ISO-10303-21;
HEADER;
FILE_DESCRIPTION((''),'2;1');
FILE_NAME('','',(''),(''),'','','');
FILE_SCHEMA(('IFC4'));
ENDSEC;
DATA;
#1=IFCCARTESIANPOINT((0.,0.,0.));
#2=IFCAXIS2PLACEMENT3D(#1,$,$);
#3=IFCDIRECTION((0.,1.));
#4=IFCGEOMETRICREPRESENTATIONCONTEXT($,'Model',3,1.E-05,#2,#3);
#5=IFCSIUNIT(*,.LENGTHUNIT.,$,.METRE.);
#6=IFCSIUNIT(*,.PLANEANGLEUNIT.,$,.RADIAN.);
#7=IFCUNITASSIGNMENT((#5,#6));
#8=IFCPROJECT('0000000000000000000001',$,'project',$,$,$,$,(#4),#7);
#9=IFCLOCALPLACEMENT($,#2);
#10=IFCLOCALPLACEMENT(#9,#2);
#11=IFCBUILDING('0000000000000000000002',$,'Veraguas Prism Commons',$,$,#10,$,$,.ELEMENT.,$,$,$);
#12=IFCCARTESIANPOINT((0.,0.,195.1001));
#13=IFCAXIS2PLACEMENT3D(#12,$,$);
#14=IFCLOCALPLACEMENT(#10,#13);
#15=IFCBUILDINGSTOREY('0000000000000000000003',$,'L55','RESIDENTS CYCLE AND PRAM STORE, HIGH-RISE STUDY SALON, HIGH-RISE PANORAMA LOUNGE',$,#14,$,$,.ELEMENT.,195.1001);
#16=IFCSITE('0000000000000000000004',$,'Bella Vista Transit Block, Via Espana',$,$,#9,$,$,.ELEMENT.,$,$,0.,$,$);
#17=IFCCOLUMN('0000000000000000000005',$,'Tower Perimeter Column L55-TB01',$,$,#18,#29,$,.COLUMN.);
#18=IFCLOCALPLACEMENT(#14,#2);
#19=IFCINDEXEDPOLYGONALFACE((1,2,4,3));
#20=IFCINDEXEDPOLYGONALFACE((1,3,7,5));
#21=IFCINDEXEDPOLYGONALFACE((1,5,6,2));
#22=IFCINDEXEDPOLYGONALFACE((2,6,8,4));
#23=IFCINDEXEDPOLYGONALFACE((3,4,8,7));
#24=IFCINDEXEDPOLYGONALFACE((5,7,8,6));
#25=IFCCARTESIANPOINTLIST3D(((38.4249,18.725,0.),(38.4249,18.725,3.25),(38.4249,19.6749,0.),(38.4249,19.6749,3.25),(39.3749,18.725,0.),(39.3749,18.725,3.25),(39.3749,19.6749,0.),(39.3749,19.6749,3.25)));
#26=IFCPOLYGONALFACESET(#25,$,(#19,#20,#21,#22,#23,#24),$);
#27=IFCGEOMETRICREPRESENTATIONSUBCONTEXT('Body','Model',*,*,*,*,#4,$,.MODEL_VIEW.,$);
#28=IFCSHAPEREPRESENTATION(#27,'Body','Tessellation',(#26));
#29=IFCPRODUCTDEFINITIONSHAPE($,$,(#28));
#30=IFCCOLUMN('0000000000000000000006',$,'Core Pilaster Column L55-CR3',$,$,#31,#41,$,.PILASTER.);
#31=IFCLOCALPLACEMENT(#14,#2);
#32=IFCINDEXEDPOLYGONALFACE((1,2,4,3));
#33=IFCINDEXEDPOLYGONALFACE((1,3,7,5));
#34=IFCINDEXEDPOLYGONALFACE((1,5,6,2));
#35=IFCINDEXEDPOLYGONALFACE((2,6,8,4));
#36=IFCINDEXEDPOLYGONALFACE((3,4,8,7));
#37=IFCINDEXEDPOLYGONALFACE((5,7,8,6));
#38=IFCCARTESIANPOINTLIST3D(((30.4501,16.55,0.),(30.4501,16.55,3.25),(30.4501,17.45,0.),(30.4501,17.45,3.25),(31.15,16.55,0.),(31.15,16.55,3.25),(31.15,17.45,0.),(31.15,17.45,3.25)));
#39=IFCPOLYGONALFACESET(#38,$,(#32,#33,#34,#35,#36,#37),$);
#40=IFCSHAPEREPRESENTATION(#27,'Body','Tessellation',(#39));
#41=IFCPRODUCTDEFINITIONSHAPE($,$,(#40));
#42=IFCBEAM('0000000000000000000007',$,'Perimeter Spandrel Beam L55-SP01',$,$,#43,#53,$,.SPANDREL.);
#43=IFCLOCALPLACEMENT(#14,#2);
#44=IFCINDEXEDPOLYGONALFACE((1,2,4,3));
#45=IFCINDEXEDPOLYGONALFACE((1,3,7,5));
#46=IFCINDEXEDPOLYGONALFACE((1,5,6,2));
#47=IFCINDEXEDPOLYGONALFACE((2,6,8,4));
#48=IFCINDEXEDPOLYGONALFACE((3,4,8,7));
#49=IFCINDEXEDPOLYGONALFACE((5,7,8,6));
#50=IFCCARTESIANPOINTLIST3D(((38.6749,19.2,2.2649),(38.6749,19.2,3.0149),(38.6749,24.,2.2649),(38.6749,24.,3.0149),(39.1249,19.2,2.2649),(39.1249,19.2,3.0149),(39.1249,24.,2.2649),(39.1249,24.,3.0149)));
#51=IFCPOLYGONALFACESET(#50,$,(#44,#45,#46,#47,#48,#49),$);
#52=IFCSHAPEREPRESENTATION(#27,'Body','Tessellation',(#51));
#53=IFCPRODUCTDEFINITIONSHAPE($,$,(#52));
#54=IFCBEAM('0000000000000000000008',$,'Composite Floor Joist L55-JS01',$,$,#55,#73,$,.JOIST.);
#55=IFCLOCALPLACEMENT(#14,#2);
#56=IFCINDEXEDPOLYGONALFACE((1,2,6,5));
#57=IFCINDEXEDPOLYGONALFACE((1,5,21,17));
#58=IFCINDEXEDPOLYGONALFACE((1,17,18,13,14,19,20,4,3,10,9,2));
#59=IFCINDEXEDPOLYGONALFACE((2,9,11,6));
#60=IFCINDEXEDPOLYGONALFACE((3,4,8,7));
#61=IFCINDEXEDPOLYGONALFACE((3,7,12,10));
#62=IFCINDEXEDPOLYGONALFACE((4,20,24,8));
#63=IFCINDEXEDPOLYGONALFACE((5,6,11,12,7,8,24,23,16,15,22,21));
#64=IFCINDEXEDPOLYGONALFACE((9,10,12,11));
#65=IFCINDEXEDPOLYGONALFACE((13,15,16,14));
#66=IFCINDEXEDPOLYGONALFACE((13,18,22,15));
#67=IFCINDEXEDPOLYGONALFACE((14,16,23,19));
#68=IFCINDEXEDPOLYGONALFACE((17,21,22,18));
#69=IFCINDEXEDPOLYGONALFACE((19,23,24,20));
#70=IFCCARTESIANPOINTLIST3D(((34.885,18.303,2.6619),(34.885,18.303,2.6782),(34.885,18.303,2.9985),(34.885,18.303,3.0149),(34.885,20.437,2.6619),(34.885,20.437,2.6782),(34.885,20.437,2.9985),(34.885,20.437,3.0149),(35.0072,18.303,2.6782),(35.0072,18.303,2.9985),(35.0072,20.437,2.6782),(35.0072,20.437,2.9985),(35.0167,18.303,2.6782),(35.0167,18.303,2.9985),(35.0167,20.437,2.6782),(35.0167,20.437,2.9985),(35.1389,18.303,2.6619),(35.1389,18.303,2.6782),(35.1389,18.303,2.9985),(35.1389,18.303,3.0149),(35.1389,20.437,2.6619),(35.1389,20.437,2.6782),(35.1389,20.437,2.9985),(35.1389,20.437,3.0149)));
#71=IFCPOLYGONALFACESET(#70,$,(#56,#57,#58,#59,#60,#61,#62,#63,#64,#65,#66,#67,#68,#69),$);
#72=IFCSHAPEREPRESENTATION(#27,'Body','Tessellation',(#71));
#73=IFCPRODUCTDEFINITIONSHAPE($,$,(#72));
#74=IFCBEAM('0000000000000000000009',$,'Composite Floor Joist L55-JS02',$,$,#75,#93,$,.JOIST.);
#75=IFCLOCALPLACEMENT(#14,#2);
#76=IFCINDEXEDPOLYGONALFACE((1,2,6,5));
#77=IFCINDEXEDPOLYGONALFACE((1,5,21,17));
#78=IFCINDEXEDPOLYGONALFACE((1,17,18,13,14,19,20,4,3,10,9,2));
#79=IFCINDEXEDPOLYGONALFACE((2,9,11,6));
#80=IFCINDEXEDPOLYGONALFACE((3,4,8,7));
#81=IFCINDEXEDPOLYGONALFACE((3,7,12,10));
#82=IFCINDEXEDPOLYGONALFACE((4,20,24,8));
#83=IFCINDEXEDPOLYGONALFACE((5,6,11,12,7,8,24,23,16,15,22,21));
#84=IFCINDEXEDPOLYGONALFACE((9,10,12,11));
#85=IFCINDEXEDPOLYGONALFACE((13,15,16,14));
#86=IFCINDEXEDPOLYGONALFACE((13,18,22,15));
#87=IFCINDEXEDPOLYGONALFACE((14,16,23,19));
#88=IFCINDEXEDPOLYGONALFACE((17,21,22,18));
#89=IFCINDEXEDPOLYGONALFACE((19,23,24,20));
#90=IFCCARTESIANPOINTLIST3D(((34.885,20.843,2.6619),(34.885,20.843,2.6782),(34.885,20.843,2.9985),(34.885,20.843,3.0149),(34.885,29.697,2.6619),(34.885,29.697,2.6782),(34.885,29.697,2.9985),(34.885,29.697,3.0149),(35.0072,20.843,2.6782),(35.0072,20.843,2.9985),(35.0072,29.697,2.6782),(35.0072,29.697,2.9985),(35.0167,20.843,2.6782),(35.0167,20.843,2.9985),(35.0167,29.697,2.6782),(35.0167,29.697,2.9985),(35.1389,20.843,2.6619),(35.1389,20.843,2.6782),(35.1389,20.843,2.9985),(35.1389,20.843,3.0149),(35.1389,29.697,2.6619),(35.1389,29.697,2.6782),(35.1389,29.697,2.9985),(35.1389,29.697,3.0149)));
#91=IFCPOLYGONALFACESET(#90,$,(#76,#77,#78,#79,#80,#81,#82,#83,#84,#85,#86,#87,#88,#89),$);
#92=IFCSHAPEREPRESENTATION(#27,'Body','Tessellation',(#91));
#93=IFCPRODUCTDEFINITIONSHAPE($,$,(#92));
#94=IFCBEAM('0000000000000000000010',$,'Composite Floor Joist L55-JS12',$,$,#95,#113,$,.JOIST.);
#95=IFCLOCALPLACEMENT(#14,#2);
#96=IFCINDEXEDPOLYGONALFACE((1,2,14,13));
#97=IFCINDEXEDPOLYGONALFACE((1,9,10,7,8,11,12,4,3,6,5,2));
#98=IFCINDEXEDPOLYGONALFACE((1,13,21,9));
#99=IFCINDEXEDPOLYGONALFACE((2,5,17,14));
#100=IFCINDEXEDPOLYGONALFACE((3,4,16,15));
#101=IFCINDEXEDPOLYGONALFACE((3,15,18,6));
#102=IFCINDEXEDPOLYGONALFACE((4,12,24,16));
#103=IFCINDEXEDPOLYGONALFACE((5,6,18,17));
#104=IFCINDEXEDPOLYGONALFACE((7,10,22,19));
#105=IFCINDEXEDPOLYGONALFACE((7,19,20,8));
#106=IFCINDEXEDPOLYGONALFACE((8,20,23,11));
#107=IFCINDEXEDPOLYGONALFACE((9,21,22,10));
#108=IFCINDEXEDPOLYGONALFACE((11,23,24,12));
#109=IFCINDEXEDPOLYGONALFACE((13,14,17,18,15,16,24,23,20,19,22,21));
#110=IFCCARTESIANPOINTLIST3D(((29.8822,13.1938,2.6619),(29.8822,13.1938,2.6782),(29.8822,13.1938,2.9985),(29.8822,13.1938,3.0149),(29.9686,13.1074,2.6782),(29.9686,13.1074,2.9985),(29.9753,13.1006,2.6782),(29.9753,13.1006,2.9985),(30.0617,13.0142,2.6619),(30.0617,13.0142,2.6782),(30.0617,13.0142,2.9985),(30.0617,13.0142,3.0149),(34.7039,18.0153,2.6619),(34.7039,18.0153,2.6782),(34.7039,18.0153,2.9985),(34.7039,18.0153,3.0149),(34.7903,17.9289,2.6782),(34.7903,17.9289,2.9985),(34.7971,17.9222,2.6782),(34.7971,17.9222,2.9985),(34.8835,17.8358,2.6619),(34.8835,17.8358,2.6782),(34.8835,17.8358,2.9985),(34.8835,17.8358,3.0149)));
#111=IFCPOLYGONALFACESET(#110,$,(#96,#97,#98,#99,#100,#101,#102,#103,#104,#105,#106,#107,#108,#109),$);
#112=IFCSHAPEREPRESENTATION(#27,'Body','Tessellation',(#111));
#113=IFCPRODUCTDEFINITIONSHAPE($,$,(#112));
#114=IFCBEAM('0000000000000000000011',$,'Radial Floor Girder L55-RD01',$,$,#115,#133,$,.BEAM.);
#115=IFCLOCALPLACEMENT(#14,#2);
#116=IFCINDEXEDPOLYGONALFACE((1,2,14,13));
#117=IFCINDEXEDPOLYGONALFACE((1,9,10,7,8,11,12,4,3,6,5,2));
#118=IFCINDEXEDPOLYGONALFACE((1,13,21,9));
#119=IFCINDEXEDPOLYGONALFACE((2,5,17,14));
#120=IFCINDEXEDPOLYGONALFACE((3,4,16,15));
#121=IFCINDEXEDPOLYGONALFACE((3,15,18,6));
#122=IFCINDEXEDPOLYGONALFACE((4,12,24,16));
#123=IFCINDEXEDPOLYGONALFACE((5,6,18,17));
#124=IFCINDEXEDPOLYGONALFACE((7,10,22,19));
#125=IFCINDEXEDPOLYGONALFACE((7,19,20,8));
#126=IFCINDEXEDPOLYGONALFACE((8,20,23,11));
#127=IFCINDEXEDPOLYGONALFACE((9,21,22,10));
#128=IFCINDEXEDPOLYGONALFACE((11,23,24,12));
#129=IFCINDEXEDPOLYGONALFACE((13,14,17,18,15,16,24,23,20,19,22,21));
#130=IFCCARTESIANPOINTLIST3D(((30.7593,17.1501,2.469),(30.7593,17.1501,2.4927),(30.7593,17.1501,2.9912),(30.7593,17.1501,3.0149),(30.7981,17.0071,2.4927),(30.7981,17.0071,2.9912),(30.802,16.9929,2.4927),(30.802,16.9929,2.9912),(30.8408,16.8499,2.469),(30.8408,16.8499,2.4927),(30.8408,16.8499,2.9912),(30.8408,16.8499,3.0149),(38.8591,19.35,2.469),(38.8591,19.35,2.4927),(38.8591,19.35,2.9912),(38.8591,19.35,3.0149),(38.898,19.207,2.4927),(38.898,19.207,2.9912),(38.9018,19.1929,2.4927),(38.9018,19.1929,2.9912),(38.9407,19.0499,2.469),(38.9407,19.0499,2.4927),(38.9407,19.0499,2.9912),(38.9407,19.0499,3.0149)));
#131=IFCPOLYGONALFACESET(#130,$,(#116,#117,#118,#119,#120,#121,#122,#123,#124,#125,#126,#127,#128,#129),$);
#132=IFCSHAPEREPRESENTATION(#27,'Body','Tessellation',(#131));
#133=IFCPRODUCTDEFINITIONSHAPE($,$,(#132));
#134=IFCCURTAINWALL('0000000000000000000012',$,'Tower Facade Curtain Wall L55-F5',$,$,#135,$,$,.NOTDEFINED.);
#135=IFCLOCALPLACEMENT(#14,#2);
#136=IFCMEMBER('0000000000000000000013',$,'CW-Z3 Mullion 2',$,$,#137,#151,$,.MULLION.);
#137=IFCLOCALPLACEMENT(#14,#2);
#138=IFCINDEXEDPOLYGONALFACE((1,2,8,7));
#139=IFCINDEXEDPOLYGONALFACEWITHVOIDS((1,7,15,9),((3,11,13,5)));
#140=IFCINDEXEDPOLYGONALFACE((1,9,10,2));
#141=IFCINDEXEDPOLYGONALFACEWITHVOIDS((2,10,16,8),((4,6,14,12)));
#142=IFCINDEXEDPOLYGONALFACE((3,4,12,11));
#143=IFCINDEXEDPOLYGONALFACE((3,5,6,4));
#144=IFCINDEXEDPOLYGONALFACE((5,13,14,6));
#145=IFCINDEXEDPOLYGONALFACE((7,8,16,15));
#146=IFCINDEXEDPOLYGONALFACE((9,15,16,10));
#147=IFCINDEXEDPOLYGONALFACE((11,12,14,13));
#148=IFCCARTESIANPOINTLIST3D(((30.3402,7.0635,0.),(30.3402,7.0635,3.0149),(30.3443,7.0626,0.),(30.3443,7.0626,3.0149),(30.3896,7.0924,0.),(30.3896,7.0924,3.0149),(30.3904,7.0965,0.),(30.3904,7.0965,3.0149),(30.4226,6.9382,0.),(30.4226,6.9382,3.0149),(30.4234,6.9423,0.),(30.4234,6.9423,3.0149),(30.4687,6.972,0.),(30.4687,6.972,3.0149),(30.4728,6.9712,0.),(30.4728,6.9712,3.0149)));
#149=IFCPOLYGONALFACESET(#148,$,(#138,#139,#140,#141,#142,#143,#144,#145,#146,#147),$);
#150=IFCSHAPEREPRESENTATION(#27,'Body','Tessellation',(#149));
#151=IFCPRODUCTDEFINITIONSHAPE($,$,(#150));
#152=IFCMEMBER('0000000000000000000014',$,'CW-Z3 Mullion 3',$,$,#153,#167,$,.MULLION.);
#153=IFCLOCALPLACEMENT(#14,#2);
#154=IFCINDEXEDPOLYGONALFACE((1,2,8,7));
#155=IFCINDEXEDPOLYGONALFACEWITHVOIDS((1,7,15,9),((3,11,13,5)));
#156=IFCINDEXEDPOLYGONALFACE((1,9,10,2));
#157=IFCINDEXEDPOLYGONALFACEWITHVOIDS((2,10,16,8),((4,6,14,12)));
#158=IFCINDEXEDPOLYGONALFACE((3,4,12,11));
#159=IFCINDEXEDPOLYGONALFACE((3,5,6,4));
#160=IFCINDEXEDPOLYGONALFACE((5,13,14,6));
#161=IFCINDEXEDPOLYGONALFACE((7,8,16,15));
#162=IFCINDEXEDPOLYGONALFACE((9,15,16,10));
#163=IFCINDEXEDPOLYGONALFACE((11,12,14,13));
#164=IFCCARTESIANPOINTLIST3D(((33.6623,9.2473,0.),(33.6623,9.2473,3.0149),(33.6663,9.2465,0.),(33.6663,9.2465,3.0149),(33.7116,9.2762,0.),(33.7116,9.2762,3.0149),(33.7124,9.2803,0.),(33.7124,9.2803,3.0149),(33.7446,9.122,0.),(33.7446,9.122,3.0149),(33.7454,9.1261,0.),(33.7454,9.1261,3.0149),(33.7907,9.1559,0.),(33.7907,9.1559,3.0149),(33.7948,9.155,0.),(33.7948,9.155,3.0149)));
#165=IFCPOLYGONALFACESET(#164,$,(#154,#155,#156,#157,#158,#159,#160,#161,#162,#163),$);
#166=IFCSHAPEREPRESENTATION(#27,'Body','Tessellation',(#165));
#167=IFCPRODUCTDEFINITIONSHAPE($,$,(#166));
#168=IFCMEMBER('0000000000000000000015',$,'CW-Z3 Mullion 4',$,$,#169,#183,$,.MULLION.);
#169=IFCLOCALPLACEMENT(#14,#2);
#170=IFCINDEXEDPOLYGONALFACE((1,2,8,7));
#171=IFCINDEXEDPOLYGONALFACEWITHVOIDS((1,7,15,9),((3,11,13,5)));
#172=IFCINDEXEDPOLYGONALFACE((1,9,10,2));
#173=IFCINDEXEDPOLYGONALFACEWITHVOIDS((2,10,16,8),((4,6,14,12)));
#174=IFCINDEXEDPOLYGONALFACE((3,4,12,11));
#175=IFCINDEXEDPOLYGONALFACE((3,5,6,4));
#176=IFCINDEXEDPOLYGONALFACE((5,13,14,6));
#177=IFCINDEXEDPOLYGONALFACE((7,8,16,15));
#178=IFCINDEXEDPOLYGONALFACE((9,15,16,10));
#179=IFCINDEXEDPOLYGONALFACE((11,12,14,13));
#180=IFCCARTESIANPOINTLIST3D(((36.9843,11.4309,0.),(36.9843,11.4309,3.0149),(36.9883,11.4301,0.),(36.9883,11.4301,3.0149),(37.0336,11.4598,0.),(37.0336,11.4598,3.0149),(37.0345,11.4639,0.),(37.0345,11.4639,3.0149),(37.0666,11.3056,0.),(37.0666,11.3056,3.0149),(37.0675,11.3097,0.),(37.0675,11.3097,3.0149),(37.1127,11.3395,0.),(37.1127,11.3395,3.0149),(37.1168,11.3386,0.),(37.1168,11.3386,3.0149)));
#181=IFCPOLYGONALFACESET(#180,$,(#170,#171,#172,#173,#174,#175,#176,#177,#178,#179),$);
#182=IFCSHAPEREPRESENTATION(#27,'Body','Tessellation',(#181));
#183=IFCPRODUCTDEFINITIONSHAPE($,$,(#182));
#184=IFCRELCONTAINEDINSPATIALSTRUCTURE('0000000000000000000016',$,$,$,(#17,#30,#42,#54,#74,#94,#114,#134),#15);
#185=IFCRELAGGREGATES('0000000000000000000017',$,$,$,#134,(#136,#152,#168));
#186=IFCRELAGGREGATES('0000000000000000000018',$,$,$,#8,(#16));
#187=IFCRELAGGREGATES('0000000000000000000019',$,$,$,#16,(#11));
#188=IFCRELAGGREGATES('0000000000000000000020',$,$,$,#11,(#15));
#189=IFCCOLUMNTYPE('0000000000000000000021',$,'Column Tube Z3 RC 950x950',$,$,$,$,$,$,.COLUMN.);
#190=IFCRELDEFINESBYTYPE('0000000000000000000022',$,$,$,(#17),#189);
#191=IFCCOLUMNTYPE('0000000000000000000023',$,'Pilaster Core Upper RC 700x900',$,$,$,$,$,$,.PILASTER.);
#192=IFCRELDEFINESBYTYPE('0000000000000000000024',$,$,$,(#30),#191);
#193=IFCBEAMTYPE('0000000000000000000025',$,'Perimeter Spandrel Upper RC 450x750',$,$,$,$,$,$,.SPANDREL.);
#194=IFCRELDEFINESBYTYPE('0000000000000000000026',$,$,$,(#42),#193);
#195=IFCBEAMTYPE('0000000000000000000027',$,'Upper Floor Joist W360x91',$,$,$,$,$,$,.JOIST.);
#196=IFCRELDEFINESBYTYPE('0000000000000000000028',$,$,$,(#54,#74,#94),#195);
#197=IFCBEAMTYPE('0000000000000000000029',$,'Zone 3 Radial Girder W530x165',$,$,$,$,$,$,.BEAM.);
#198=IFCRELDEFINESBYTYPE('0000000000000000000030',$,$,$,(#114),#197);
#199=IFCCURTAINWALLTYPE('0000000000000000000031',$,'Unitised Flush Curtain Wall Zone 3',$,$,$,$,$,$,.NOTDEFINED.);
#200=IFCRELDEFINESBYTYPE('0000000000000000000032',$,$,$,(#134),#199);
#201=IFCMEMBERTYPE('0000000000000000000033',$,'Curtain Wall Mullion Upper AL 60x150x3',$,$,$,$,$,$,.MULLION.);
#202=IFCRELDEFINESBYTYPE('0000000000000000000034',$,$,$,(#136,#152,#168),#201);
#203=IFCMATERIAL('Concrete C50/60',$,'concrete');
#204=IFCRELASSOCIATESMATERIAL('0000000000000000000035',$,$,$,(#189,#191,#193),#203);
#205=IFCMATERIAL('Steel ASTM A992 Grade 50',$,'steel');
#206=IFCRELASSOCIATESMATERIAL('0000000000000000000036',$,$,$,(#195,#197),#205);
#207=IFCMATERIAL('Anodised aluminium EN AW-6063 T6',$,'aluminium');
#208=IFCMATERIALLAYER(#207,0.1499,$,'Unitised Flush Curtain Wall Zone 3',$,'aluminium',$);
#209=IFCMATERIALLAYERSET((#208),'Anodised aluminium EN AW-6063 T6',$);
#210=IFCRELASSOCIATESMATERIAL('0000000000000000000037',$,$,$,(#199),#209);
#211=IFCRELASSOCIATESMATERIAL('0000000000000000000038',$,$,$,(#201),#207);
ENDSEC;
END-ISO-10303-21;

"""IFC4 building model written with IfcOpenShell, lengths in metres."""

from ifc_helpers import new_model, si_unit, direction, frame, origin, origin_2d, place, context, subcontext, project, spatial, rectangle, hollow_rectangle, i_section, extrude, source, transform, mapped, material, layer, layer_set, material_profile, profile_set, type_object, element, aggregate, save


model = new_model("IFC4")

# Units and contexts
model_context = context("Model", 3, precision=1e-05, world=origin(), true_north=direction((0.0, 1.0)))
body_context = subcontext(model_context, "Body", "Model", "MODEL_VIEW")
ifc_project = project(units=[si_unit("LENGTHUNIT", "METRE"), si_unit("PLANEANGLEUNIT", "RADIAN")], contexts=[model_context])

# Site, building, storey
site_placement = place(None, origin())
site = spatial("IfcSite", under=ifc_project, at=site_placement, Name="Bella Vista Transit Block, Via Espana", CompositionType="ELEMENT", RefElevation=0.0)
building_placement = place(site_placement, origin())
building = spatial("IfcBuilding", under=site, at=building_placement, Name="Veraguas Prism Commons", CompositionType="ELEMENT")
storey_placement = place(building_placement, frame((0.0, 0.0, 195.1001)))
storey = spatial("IfcBuildingStorey", under=building, at=storey_placement, Name="L55", Description="RESIDENTS CYCLE AND PRAM STORE, HIGH-RISE STUDY SALON, HIGH-RISE PANORAMA LOUNGE", CompositionType="ELEMENT", Elevation=195.1001)

# Columns
ifc_material_1 = material(Name="Concrete C50/60", Category="concrete")
ifc_material_profile_1 = material_profile(ifc_material_1, rectangle(XDim=0.95, YDim=0.95, at=origin_2d()), Name="RC950X950")
ifc_profile_set_1 = profile_set([ifc_material_profile_1], Name="Concrete C50/60")
column_type_1 = type_object("IfcColumnType", Name="Column Tube Z3 RC 950x950", PredefinedType="COLUMN", material=ifc_profile_set_1)
column_1_placement = place(storey_placement, frame((38.8999, 19.2, 0.0), z_axis=(0.0, 0.0, 1.0), x_axis=(1.0, 0.0, 0.0)))
element("IfcColumn", 1, at=column_1_placement, inside=storey, type_object=column_type_1, Name="Tower Perimeter Column L55-TB01", PredefinedType="COLUMN", context=body_context, shape_type="SweptSolid", body=[
    extrude(rectangle(XDim=0.95, YDim=0.95, at=origin_2d()), origin(), (0.0, 0.0, 1.0), 3.25),
])
ifc_material_profile_2 = material_profile(ifc_material_1, rectangle(XDim=0.7, YDim=0.8999, at=origin_2d()), Name="RC700X900")
ifc_profile_set_2 = profile_set([ifc_material_profile_2], Name="Concrete C50/60")
column_type_2 = type_object("IfcColumnType", Name="Pilaster Core Upper RC 700x900", PredefinedType="PILASTER", material=ifc_profile_set_2)
column_2_placement = place(storey_placement, frame((30.8, 17.0, 0.0), z_axis=(0.0, 0.0, 1.0), x_axis=(1.0, 0.0, 0.0)))
element("IfcColumn", 2, at=column_2_placement, inside=storey, type_object=column_type_2, Name="Core Pilaster Column L55-CR3", PredefinedType="PILASTER", context=body_context, shape_type="SweptSolid", body=[
    extrude(rectangle(XDim=0.7, YDim=0.8999, at=origin_2d()), origin(), (0.0, 0.0, 1.0), 3.25),
])

# Beams
ifc_material_profile_3 = material_profile(ifc_material_1, rectangle(XDim=0.45, YDim=0.75, at=origin_2d()), Name="RC450X750")
ifc_profile_set_3 = profile_set([ifc_material_profile_3], Name="Concrete C50/60")
beam_type_1 = type_object("IfcBeamType", Name="Perimeter Spandrel Upper RC 450x750", PredefinedType="SPANDREL", material=ifc_profile_set_3)
beam_1_placement = place(storey_placement, frame((38.8999, 19.2, 2.6399), z_axis=(0.0, 1.0, 0.0), x_axis=(-1.0, 0.0, 0.0)))
element("IfcBeam", 3, at=beam_1_placement, inside=storey, type_object=beam_type_1, Name="Perimeter Spandrel Beam L55-SP01", PredefinedType="SPANDREL", context=body_context, shape_type="SweptSolid", body=[
    extrude(rectangle(XDim=0.45, YDim=0.75, at=origin_2d()), origin(), (0.0, 0.0, 1.0), 4.8),
])
ifc_material_2 = material(Name="Steel ASTM A992 Grade 50", Category="steel")
ifc_material_profile_4 = material_profile(ifc_material_2, i_section(OverallWidth=0.2539, OverallDepth=0.353, WebThickness=0.0095, FlangeThickness=0.0164, at=origin_2d()), Name="W360X91")
ifc_profile_set_4 = profile_set([ifc_material_profile_4], Name="Steel ASTM A992 Grade 50")
beam_type_2 = type_object("IfcBeamType", Name="Upper Floor Joist W360x91", PredefinedType="JOIST", material=ifc_profile_set_4)
beam_2_placement = place(storey_placement, frame((35.012, 18.303, 2.8384), z_axis=(0.0, 1.0, 0.0), x_axis=(-1.0, 0.0, 0.0)))
element("IfcBeam", 4, at=beam_2_placement, inside=storey, type_object=beam_type_2, Name="Composite Floor Joist L55-JS01", PredefinedType="JOIST", context=body_context, shape_type="SweptSolid", body=[
    extrude(i_section(OverallWidth=0.2539, OverallDepth=0.353, WebThickness=0.0095, FlangeThickness=0.0164, at=origin_2d()), origin(), (0.0, 0.0, 1.0), 2.134),
])
beam_3_placement = place(storey_placement, frame((35.012, 20.843, 2.8384), z_axis=(0.0, 1.0, 0.0), x_axis=(-1.0, 0.0, 0.0)))
element("IfcBeam", 5, at=beam_3_placement, inside=storey, type_object=beam_type_2, Name="Composite Floor Joist L55-JS02", PredefinedType="JOIST", context=body_context, shape_type="SweptSolid", body=[
    extrude(i_section(OverallWidth=0.2539, OverallDepth=0.353, WebThickness=0.0095, FlangeThickness=0.0164, at=origin_2d()), origin(), (0.0, 0.0, 1.0), 8.854),
])
beam_4_placement = place(storey_placement, frame((29.9719, 13.104, 2.8384), z_axis=(0.707125, 0.707089, 0.0), x_axis=(-0.707089, 0.707125, 0.0)))
element("IfcBeam", 6, at=beam_4_placement, inside=storey, type_object=beam_type_2, Name="Composite Floor Joist L55-JS12", PredefinedType="JOIST", context=body_context, shape_type="SweptSolid", body=[
    extrude(i_section(OverallWidth=0.2539, OverallDepth=0.353, WebThickness=0.0095, FlangeThickness=0.0164, at=origin_2d()), origin(), (0.0, 0.0, 1.0), 6.8188),
])
ifc_material_profile_5 = material_profile(ifc_material_2, i_section(OverallWidth=0.311, OverallDepth=0.5459, WebThickness=0.0146, FlangeThickness=0.0237, at=origin_2d()), Name="W530X165")
ifc_profile_set_5 = profile_set([ifc_material_profile_5], Name="Steel ASTM A992 Grade 50")
beam_type_3 = type_object("IfcBeamType", Name="Zone 3 Radial Girder W530x165", PredefinedType="BEAM", material=ifc_profile_set_5)
beam_5_placement = place(storey_placement, frame((38.8999, 19.2, 2.7419), z_axis=(-0.965039, -0.262108, 0.0), x_axis=(0.262108, -0.965039, 0.0)))
element("IfcBeam", 7, at=beam_5_placement, inside=storey, type_object=beam_type_3, Name="Radial Floor Girder L55-RD01", PredefinedType="BEAM", context=body_context, shape_type="SweptSolid", body=[
    extrude(i_section(OverallWidth=0.311, OverallDepth=0.5459, WebThickness=0.0146, FlangeThickness=0.0237, at=origin_2d()), origin(), (0.0, 0.0, 1.0), 8.3933),
])

# Curtain wall, members
ifc_material_3 = material(Name="Anodised aluminium EN AW-6063 T6", Category="aluminium")
ifc_layer_1 = layer(ifc_material_3, 0.1499, Name="Unitised Flush Curtain Wall Zone 3", Category="aluminium")
ifc_layer_set_1 = layer_set([ifc_layer_1], Name="Anodised aluminium EN AW-6063 T6")
curtain_wall_type = type_object("IfcCurtainWallType", Name="Unitised Flush Curtain Wall Zone 3", PredefinedType="NOTDEFINED", material=ifc_layer_set_1)
curtain_wall_1_placement = place(storey_placement, origin())
curtain_wall_1 = element("IfcCurtainWall", 8, at=curtain_wall_1_placement, inside=storey, type_object=curtain_wall_type, Name="Tower Facade Curtain Wall L55-F5", PredefinedType="NOTDEFINED")
ifc_material_profile_6 = material_profile(ifc_material_3, hollow_rectangle(XDim=0.0601, YDim=0.1499, WallThickness=0.0029, at=origin_2d()), Name="AL60X150X3")
ifc_profile_set_6 = profile_set([ifc_material_profile_6], Name="Anodised aluminium EN AW-6063 T6")
member_type_1 = type_object("IfcMemberType", Name="Curtain Wall Mullion Upper AL 60x150x3", PredefinedType="MULLION", material=ifc_profile_set_6)
shared_shape_1 = source(origin(), body_context, "Body", "SweptSolid", [
    extrude(hollow_rectangle(XDim=0.0601, YDim=0.1499, WallThickness=0.0029, at=origin_2d()), origin(), (0.0, 0.0, 1.0), 3.0149),
])
member_1_placement = place(storey_placement, frame((30.4065, 7.0173, 0.0), z_axis=(0.0, 0.0, 1.0), x_axis=(0.835621, 0.549306, 0.0)))
member_1 = element("IfcMember", 9, at=member_1_placement, type_object=member_type_1, Name="CW-Z3 Mullion 2", PredefinedType="MULLION", context=body_context, shape_type="MappedRepresentation", body=[
    mapped(shared_shape_1, transform((0.0, 0.0, 0.0), scale=1.0)),
])
member_2_placement = place(storey_placement, frame((33.7285, 9.2012, 0.0), z_axis=(0.0, 0.0, 1.0), x_axis=(0.835621, 0.549306, 0.0)))
member_2 = element("IfcMember", 10, at=member_2_placement, type_object=member_type_1, Name="CW-Z3 Mullion 3", PredefinedType="MULLION", context=body_context, shape_type="MappedRepresentation", body=[
    mapped(shared_shape_1, transform((0.0, 0.0, 0.0), scale=1.0)),
])
member_3_placement = place(storey_placement, frame((37.0505, 11.3848, 0.0), z_axis=(0.0, 0.0, 1.0), x_axis=(0.835621, 0.549306, 0.0)))
member_3 = element("IfcMember", 11, at=member_3_placement, type_object=member_type_1, Name="CW-Z3 Mullion 4", PredefinedType="MULLION", context=body_context, shape_type="MappedRepresentation", body=[
    mapped(shared_shape_1, transform((0.0, 0.0, 0.0), scale=1.0)),
])

aggregate(curtain_wall_1, [member_1, member_2, member_3])

save(model, "model.ifc")
